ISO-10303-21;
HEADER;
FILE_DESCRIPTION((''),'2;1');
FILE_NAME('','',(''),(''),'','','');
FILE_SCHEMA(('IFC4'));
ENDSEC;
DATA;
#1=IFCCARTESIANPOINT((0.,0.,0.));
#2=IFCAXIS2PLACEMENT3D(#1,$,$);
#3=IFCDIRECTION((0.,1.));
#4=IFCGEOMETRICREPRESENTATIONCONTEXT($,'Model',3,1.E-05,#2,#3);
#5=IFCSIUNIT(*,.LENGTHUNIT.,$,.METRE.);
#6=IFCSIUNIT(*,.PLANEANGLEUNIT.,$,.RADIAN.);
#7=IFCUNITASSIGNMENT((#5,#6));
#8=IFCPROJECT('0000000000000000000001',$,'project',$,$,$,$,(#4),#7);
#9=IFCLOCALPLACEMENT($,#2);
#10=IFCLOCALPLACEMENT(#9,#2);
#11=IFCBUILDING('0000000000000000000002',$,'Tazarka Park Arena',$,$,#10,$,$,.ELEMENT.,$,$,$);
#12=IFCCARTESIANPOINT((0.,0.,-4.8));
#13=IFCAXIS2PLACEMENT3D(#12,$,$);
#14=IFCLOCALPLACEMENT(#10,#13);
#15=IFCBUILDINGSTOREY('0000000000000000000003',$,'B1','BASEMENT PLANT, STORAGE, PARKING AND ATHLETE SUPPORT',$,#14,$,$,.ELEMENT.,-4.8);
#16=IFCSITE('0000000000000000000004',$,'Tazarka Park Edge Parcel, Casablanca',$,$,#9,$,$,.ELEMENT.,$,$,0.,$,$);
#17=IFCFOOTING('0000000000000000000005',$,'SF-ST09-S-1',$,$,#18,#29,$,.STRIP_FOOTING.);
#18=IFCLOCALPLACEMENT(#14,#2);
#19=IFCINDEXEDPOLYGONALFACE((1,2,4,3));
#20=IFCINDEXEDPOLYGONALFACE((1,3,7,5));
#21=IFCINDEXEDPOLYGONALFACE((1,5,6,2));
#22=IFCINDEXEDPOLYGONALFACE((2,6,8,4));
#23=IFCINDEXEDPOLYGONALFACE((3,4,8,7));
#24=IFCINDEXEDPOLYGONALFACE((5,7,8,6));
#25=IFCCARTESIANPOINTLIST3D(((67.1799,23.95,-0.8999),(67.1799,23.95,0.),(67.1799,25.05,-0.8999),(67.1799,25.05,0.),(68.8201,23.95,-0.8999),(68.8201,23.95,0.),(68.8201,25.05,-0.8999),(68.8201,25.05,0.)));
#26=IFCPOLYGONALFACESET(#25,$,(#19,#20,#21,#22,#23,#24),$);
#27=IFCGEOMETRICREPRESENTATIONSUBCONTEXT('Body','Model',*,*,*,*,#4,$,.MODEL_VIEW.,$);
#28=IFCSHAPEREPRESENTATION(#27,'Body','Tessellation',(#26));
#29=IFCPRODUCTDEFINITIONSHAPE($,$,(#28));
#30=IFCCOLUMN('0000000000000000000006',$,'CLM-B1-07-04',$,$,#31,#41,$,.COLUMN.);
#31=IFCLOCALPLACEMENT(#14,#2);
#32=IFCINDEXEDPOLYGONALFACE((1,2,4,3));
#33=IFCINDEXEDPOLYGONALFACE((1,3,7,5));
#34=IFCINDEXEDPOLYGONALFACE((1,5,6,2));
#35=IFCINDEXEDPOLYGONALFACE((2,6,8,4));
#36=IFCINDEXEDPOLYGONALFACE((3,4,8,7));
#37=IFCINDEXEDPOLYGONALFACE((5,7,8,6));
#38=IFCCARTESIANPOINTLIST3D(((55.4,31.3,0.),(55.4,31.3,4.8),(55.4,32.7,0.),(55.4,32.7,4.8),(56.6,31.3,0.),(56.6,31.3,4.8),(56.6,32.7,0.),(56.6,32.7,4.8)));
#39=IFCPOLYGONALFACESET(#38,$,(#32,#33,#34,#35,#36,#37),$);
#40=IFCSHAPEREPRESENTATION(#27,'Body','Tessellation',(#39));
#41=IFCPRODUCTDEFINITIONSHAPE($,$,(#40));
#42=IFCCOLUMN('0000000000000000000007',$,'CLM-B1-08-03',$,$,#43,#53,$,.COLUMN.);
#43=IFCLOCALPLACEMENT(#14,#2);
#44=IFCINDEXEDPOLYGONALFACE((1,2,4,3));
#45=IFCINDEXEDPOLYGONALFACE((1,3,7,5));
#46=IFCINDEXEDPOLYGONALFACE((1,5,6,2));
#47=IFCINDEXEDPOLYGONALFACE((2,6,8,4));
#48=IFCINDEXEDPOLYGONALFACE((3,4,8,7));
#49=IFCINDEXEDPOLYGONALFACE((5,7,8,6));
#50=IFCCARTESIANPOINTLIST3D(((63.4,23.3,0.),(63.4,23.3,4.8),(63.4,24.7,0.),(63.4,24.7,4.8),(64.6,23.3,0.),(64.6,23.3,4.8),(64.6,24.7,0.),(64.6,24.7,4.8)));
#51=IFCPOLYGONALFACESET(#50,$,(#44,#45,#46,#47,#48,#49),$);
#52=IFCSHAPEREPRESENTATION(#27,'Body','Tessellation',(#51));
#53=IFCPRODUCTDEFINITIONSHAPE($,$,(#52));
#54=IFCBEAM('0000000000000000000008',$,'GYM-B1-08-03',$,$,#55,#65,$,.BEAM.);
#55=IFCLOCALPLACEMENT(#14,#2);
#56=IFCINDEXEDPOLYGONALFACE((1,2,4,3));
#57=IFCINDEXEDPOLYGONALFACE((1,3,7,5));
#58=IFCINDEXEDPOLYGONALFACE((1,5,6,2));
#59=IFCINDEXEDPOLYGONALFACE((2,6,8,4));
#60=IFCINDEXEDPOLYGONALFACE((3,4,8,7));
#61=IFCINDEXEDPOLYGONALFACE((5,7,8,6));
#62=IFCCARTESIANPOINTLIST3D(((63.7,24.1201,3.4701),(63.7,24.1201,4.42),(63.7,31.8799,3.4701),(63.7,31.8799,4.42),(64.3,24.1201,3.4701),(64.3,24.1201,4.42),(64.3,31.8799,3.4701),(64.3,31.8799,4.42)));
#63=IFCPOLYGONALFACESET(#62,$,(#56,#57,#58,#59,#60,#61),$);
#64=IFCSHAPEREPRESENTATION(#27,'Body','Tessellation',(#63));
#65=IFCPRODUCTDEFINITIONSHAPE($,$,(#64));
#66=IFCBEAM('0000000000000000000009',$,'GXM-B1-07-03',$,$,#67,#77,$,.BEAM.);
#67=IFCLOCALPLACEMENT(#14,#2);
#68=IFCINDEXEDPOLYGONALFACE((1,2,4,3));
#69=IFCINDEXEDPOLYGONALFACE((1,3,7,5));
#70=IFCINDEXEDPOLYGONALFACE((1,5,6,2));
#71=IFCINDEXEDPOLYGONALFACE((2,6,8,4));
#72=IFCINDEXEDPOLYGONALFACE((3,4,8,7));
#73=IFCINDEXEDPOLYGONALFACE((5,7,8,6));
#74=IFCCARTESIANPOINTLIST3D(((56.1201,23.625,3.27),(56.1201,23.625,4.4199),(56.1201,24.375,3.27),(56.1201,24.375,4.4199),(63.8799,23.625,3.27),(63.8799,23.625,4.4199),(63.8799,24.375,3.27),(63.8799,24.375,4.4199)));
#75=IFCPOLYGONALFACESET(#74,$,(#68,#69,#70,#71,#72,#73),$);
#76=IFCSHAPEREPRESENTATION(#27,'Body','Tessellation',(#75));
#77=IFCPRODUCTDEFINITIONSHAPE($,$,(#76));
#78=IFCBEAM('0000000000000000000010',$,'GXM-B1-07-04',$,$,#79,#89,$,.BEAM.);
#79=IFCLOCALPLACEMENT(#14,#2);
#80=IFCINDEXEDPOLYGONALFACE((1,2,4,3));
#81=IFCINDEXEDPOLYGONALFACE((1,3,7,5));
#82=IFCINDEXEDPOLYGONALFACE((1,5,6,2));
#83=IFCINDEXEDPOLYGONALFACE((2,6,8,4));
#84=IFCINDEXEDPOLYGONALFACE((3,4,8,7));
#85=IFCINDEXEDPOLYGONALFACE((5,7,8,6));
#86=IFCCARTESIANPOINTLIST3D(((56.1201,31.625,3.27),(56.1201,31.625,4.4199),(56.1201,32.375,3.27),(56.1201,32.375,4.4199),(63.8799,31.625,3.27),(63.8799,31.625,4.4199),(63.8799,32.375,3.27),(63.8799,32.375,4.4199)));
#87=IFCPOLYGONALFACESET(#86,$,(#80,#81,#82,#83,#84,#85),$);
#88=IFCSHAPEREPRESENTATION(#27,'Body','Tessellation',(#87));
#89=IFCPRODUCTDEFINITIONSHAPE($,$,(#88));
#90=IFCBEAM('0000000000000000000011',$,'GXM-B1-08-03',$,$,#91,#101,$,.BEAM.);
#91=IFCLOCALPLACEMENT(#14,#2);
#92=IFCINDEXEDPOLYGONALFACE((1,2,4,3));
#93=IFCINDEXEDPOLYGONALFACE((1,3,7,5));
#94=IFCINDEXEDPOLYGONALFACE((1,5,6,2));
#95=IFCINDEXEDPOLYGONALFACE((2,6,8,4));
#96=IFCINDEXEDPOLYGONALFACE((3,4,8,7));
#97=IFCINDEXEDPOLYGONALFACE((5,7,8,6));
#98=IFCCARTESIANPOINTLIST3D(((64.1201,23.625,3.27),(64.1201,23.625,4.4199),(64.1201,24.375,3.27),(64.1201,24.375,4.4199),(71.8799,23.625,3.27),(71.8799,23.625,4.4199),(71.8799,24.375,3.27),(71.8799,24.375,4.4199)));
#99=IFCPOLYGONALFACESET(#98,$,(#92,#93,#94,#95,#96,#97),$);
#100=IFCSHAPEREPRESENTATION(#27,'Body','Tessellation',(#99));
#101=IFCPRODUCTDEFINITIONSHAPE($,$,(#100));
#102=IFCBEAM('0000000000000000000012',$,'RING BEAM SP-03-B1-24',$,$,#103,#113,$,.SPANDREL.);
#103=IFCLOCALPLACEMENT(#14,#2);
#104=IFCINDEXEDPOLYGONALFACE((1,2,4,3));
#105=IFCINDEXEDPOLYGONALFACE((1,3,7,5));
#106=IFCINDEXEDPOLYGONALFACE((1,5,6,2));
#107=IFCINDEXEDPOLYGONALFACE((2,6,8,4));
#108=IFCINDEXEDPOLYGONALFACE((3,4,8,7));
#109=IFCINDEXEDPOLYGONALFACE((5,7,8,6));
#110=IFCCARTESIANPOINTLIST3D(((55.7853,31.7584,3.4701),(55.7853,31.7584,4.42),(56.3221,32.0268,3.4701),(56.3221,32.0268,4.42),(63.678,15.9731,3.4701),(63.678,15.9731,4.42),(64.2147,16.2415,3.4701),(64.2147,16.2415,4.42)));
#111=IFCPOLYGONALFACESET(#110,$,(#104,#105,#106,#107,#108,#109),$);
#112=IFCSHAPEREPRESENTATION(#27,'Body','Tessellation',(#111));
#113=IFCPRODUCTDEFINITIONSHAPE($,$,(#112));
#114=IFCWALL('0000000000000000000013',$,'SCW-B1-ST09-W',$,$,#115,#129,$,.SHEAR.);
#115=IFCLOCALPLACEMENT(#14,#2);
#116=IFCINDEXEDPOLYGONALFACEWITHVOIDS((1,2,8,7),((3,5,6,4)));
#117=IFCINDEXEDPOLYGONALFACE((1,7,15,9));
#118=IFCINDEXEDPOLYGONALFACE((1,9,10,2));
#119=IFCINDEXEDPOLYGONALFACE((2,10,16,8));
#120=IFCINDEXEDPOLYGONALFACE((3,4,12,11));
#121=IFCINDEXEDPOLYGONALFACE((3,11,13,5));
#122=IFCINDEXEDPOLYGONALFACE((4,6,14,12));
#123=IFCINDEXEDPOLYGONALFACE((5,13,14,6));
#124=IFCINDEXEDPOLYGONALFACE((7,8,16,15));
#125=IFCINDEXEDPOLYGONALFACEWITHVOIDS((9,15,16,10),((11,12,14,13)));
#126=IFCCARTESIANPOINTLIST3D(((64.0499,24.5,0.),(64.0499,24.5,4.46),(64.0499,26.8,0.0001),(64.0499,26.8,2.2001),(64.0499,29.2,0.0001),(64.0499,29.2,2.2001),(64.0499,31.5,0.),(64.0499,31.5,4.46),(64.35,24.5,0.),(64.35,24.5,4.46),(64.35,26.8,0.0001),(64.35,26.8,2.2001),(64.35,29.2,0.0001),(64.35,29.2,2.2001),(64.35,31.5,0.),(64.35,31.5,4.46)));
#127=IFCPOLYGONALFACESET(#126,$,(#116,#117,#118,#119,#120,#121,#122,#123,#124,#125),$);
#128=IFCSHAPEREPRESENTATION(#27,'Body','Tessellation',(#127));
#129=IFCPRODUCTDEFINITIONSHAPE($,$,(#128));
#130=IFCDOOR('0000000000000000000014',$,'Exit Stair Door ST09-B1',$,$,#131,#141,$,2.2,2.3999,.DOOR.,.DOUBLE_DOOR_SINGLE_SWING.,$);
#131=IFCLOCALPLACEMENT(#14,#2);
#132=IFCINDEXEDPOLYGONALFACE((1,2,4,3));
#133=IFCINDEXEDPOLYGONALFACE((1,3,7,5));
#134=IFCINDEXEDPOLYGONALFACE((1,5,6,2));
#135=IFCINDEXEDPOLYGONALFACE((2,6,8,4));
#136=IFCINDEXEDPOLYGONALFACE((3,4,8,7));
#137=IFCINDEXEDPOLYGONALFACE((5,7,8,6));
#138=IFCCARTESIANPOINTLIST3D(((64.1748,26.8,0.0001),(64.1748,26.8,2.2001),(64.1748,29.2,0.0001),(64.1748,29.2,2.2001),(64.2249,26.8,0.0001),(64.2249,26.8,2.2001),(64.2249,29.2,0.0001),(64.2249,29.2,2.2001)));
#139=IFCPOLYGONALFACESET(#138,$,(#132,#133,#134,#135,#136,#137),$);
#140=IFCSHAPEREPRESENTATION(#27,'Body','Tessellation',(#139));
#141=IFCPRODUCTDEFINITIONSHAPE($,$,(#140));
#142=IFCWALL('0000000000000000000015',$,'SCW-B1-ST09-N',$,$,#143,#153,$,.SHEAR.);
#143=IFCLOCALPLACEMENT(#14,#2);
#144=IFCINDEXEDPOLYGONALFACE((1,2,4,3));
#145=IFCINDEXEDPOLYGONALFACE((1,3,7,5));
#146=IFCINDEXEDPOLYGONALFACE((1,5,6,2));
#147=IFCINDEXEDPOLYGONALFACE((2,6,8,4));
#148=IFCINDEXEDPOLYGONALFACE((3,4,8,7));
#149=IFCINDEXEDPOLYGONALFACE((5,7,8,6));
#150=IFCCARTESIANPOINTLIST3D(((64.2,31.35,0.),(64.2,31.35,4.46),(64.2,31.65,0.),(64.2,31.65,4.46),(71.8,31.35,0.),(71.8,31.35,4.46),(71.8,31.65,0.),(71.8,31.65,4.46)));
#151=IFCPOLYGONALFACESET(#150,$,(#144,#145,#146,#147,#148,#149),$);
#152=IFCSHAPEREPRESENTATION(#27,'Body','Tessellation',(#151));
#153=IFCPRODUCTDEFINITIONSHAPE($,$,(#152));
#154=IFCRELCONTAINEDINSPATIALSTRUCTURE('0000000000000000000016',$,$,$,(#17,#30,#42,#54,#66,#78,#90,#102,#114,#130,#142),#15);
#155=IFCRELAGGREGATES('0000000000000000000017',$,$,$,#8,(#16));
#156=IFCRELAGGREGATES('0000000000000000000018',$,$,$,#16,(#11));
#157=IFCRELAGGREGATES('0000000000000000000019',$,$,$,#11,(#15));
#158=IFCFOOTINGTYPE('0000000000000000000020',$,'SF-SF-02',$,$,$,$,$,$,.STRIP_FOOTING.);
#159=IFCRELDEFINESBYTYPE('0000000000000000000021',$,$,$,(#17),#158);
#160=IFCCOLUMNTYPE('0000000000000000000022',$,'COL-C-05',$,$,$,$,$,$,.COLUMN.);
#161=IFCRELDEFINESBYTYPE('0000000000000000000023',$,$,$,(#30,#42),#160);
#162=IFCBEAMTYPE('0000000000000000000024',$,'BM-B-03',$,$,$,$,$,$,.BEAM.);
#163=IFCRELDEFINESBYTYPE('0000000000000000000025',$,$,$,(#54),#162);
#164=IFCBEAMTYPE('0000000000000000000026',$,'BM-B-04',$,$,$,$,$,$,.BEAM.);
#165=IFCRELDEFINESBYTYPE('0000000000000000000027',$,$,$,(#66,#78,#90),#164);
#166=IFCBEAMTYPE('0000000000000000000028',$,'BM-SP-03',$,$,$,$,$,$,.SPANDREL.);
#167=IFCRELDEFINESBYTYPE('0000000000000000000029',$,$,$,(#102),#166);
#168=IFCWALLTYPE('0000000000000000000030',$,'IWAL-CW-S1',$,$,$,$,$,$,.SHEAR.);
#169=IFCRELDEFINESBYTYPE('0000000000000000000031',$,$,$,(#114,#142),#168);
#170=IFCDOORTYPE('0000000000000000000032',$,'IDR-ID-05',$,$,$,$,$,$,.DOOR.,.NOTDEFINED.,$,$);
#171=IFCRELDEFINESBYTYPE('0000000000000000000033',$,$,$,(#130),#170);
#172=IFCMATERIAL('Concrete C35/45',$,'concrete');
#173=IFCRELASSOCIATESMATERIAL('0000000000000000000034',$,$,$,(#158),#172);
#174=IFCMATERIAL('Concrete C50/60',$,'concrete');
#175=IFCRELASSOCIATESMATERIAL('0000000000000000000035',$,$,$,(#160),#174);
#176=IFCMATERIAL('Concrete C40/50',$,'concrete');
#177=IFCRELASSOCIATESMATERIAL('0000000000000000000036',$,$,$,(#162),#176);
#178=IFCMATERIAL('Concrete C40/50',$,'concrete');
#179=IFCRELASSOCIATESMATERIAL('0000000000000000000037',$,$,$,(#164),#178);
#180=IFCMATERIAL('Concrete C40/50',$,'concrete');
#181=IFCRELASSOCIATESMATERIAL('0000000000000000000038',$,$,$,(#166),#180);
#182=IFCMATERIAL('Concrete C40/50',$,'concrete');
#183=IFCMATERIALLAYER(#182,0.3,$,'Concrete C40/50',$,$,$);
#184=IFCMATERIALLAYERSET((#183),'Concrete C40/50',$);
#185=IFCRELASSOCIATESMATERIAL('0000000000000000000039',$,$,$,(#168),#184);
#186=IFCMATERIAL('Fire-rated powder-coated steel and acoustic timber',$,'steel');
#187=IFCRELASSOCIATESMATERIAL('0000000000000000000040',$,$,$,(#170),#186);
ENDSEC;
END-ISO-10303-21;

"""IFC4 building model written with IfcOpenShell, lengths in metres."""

from ifc_helpers import new_model, si_unit, direction, frame, frame_2d, origin, origin_2d, place, context, subcontext, project, spatial, rectangle, extrude, material, layer, layer_set, material_profile, profile_set, type_object, element, fill, save


model = new_model("IFC4")

# Units and contexts
model_context = context("Model", 3, precision=1e-05, world=origin(), true_north=direction((0.0, 1.0)))
body_context = subcontext(model_context, "Body", "Model", "MODEL_VIEW")
ifc_project = project(units=[si_unit("LENGTHUNIT", "METRE"), si_unit("PLANEANGLEUNIT", "RADIAN")], contexts=[model_context])

# Site, building, storey
site_placement = place(None, origin())
site = spatial("IfcSite", under=ifc_project, at=site_placement, Name="Tazarka Park Edge Parcel, Casablanca", CompositionType="ELEMENT", RefElevation=0.0)
building_placement = place(site_placement, origin())
building = spatial("IfcBuilding", under=site, at=building_placement, Name="Tazarka Park Arena", CompositionType="ELEMENT")
storey_placement = place(building_placement, frame((0.0, 0.0, -4.8)))
storey = spatial("IfcBuildingStorey", under=building, at=storey_placement, Name="B1", Description="BASEMENT PLANT, STORAGE, PARKING AND ATHLETE SUPPORT", CompositionType="ELEMENT", Elevation=-4.8)

# Footing
ifc_material_1 = material(Name="Concrete C35/45", Category="concrete")
ifc_material_profile_1 = material_profile(ifc_material_1, rectangle(XDim=1.1001, YDim=0.8999, at=origin_2d()), Name="Concrete C35/45")
ifc_profile_set_1 = profile_set([ifc_material_profile_1], Name="Concrete C35/45")
footing_type_1 = type_object("IfcFootingType", Name="SF-SF-02", PredefinedType="STRIP_FOOTING", material=ifc_profile_set_1)
footing_1_placement = place(storey_placement, frame((68.8201, 24.5, -0.45), z_axis=(-1.0, 0.0, 0.0), x_axis=(0.0, -1.0, 0.0)))
element("IfcFooting", 1, at=footing_1_placement, inside=storey, type_object=footing_type_1, Name="SF-ST09-S-1", PredefinedType="STRIP_FOOTING", context=body_context, shape_type="SweptSolid", body=[
    extrude(rectangle(XDim=1.1001, YDim=0.8999, at=origin_2d()), origin(), (0.0, 0.0, 1.0), 1.6401),
])

# Columns
ifc_material_2 = material(Name="Concrete C50/60", Category="concrete")
ifc_material_profile_2 = material_profile(ifc_material_2, rectangle(XDim=1.2, YDim=1.3999, at=origin_2d()), Name="Concrete C50/60")
ifc_profile_set_2 = profile_set([ifc_material_profile_2], Name="Concrete C50/60")
column_type = type_object("IfcColumnType", Name="COL-C-05", PredefinedType="COLUMN", material=ifc_profile_set_2)
for number, where, z_axis, x_axis, name in (
    (2, (56.0, 32.0, 0.0), (0.0, 0.0, 1.0), (1.0, 0.0, 0.0), "CLM-B1-07-04"),
    (3, (64.0, 24.0, 0.0), (0.0, 0.0, 1.0), (1.0, 0.0, 0.0), "CLM-B1-08-03"),
):
    element("IfcColumn", number, at=place(storey_placement, frame(where, z_axis=z_axis, x_axis=x_axis)), inside=storey, type_object=column_type, Name=name, PredefinedType="COLUMN", context=body_context, shape_type="SweptSolid", body=[
        extrude(rectangle(XDim=1.2, YDim=1.3999, at=origin_2d()), origin(), (0.0, 0.0, 1.0), 4.8),
    ])

# Beams
ifc_material_3 = material(Name="Concrete C40/50", Category="concrete")
ifc_material_profile_3 = material_profile(ifc_material_3, rectangle(XDim=0.6001, YDim=0.95, at=origin_2d()), Name="Concrete C40/50")
ifc_profile_set_3 = profile_set([ifc_material_profile_3], Name="Concrete C40/50")
beam_type_1 = type_object("IfcBeamType", Name="BM-B-03", PredefinedType="BEAM", material=ifc_profile_set_3)
beam_1_placement = place(storey_placement, frame((64.0, 24.1201, 3.9451), z_axis=(0.0, 1.0, 0.0), x_axis=(-1.0, 0.0, 0.0)))
element("IfcBeam", 4, at=beam_1_placement, inside=storey, type_object=beam_type_1, Name="GYM-B1-08-03", PredefinedType="BEAM", context=body_context, shape_type="SweptSolid", body=[
    extrude(rectangle(XDim=0.6001, YDim=0.95, at=origin_2d()), origin(), (0.0, 0.0, 1.0), 7.7598),
])
ifc_material_4 = material(Name="Concrete C40/50", Category="concrete")
ifc_material_profile_4 = material_profile(ifc_material_4, rectangle(XDim=0.75, YDim=1.1499, at=origin_2d()), Name="Concrete C40/50")
ifc_profile_set_4 = profile_set([ifc_material_profile_4], Name="Concrete C40/50")
beam_type_2 = type_object("IfcBeamType", Name="BM-B-04", PredefinedType="BEAM", material=ifc_profile_set_4)
for number, where, z_axis, x_axis, name in (
    (5, (56.1201, 24.0, 3.845), (1.0, 0.0, 0.0), (0.0, 1.0, 0.0), "GXM-B1-07-03"),
    (6, (56.1201, 32.0, 3.845), (1.0, 0.0, 0.0), (0.0, 1.0, 0.0), "GXM-B1-07-04"),
    (7, (64.1201, 24.0, 3.845), (1.0, 0.0, 0.0), (0.0, 1.0, 0.0), "GXM-B1-08-03"),
):
    element("IfcBeam", number, at=place(storey_placement, frame(where, z_axis=z_axis, x_axis=x_axis)), inside=storey, type_object=beam_type_2, Name=name, PredefinedType="BEAM", context=body_context, shape_type="SweptSolid", body=[
        extrude(rectangle(XDim=0.75, YDim=1.1499, at=origin_2d()), origin(), (0.0, 0.0, 1.0), 7.7598),
    ])
ifc_material_5 = material(Name="Concrete C40/50", Category="concrete")
ifc_material_profile_5 = material_profile(ifc_material_5, rectangle(XDim=0.6001, YDim=0.95, at=origin_2d()), Name="Concrete C40/50")
ifc_profile_set_5 = profile_set([ifc_material_profile_5], Name="Concrete C40/50")
beam_type_3 = type_object("IfcBeamType", Name="BM-SP-03", PredefinedType="SPANDREL", material=ifc_profile_set_5)
beam_2_placement = place(storey_placement, frame((56.0537, 31.8926, 3.9451), z_axis=(0.447214, -0.894427, 0.0), x_axis=(0.894427, 0.447214, 0.0)))
element("IfcBeam", 8, at=beam_2_placement, inside=storey, type_object=beam_type_3, Name="RING BEAM SP-03-B1-24", PredefinedType="SPANDREL", context=body_context, shape_type="SweptSolid", body=[
    extrude(rectangle(XDim=0.6001, YDim=0.95, at=origin_2d()), origin(), (0.0, 0.0, 1.0), 17.6484),
])

# Wall, opening, door
ifc_material_6 = material(Name="Concrete C40/50", Category="concrete")
ifc_layer = layer(ifc_material_6, 0.3, Name="Concrete C40/50")
ifc_layer_set = layer_set([ifc_layer], Name="Concrete C40/50")
wall_type = type_object("IfcWallType", Name="IWAL-CW-S1", PredefinedType="SHEAR", material=ifc_layer_set)
wall_1_placement = place(storey_placement, frame((64.2, 24.5, 0.0), z_axis=(0.0, 0.0, 1.0), x_axis=(0.0, 1.0, 0.0)))
wall_1 = element("IfcWall", 9, at=wall_1_placement, inside=storey, type_object=wall_type, Name="SCW-B1-ST09-W", PredefinedType="SHEAR", context=body_context, shape_type="SweptSolid", body=[
    extrude(rectangle(XDim=7.0, YDim=0.3, at=frame_2d((3.5, 0.0))), origin(), (0.0, 0.0, 1.0), 4.46),
])
opening_placement = place(wall_1_placement, frame((2.3, 0.0, 0.0)))
opening = element("IfcOpeningElement", 10, at=opening_placement, cuts=wall_1, PredefinedType="OPENING", context=body_context, shape_type="SweptSolid", body=[
    extrude(rectangle(XDim=2.3999, YDim=2.2, at=frame_2d((1.2, 1.1001))), frame((0.0, 0.1602, 0.0), z_axis=(0.0, -1.0, 0.0), x_axis=(1.0, 0.0, 0.0)), (0.0, 0.0, 1.0), 0.3201),
])
ifc_material_7 = material(Name="Fire-rated powder-coated steel and acoustic timber", Category="steel")
door_type = type_object("IfcDoorType", Name="IDR-ID-05", OperationType="NOTDEFINED", PredefinedType="DOOR", material=ifc_material_7)
door_placement = place(opening_placement, frame((2.3999, 0.0, 0.0), z_axis=(0.0, 0.0, 1.0), x_axis=(-1.0, 0.0, 0.0)))
door = element("IfcDoor", 11, at=door_placement, inside=storey, type_object=door_type, Name="Exit Stair Door ST09-B1", OperationType="DOUBLE_DOOR_SINGLE_SWING", OverallHeight=2.2, OverallWidth=2.3999, PredefinedType="DOOR", context=body_context, shape_type="SweptSolid", body=[
    extrude(rectangle(XDim=2.3999, YDim=2.2, at=frame_2d((1.2, 1.1001))), frame((0.0, 0.0249, 0.0), z_axis=(0.0, -1.0, 0.0), x_axis=(1.0, 0.0, 0.0)), (0.0, 0.0, 1.0), 0.05),
])
fill(opening, door)

# Wall
wall_2_placement = place(storey_placement, frame((64.2, 31.5, 0.0), z_axis=(0.0, 0.0, 1.0), x_axis=(1.0, 0.0, 0.0)))
element("IfcWall", 12, at=wall_2_placement, inside=storey, type_object=wall_type, Name="SCW-B1-ST09-N", PredefinedType="SHEAR", context=body_context, shape_type="SweptSolid", body=[
    extrude(rectangle(XDim=7.6001, YDim=0.3, at=frame_2d((3.8, 0.0))), origin(), (0.0, 0.0, 1.0), 4.46),
])

save(model, "model.ifc")
